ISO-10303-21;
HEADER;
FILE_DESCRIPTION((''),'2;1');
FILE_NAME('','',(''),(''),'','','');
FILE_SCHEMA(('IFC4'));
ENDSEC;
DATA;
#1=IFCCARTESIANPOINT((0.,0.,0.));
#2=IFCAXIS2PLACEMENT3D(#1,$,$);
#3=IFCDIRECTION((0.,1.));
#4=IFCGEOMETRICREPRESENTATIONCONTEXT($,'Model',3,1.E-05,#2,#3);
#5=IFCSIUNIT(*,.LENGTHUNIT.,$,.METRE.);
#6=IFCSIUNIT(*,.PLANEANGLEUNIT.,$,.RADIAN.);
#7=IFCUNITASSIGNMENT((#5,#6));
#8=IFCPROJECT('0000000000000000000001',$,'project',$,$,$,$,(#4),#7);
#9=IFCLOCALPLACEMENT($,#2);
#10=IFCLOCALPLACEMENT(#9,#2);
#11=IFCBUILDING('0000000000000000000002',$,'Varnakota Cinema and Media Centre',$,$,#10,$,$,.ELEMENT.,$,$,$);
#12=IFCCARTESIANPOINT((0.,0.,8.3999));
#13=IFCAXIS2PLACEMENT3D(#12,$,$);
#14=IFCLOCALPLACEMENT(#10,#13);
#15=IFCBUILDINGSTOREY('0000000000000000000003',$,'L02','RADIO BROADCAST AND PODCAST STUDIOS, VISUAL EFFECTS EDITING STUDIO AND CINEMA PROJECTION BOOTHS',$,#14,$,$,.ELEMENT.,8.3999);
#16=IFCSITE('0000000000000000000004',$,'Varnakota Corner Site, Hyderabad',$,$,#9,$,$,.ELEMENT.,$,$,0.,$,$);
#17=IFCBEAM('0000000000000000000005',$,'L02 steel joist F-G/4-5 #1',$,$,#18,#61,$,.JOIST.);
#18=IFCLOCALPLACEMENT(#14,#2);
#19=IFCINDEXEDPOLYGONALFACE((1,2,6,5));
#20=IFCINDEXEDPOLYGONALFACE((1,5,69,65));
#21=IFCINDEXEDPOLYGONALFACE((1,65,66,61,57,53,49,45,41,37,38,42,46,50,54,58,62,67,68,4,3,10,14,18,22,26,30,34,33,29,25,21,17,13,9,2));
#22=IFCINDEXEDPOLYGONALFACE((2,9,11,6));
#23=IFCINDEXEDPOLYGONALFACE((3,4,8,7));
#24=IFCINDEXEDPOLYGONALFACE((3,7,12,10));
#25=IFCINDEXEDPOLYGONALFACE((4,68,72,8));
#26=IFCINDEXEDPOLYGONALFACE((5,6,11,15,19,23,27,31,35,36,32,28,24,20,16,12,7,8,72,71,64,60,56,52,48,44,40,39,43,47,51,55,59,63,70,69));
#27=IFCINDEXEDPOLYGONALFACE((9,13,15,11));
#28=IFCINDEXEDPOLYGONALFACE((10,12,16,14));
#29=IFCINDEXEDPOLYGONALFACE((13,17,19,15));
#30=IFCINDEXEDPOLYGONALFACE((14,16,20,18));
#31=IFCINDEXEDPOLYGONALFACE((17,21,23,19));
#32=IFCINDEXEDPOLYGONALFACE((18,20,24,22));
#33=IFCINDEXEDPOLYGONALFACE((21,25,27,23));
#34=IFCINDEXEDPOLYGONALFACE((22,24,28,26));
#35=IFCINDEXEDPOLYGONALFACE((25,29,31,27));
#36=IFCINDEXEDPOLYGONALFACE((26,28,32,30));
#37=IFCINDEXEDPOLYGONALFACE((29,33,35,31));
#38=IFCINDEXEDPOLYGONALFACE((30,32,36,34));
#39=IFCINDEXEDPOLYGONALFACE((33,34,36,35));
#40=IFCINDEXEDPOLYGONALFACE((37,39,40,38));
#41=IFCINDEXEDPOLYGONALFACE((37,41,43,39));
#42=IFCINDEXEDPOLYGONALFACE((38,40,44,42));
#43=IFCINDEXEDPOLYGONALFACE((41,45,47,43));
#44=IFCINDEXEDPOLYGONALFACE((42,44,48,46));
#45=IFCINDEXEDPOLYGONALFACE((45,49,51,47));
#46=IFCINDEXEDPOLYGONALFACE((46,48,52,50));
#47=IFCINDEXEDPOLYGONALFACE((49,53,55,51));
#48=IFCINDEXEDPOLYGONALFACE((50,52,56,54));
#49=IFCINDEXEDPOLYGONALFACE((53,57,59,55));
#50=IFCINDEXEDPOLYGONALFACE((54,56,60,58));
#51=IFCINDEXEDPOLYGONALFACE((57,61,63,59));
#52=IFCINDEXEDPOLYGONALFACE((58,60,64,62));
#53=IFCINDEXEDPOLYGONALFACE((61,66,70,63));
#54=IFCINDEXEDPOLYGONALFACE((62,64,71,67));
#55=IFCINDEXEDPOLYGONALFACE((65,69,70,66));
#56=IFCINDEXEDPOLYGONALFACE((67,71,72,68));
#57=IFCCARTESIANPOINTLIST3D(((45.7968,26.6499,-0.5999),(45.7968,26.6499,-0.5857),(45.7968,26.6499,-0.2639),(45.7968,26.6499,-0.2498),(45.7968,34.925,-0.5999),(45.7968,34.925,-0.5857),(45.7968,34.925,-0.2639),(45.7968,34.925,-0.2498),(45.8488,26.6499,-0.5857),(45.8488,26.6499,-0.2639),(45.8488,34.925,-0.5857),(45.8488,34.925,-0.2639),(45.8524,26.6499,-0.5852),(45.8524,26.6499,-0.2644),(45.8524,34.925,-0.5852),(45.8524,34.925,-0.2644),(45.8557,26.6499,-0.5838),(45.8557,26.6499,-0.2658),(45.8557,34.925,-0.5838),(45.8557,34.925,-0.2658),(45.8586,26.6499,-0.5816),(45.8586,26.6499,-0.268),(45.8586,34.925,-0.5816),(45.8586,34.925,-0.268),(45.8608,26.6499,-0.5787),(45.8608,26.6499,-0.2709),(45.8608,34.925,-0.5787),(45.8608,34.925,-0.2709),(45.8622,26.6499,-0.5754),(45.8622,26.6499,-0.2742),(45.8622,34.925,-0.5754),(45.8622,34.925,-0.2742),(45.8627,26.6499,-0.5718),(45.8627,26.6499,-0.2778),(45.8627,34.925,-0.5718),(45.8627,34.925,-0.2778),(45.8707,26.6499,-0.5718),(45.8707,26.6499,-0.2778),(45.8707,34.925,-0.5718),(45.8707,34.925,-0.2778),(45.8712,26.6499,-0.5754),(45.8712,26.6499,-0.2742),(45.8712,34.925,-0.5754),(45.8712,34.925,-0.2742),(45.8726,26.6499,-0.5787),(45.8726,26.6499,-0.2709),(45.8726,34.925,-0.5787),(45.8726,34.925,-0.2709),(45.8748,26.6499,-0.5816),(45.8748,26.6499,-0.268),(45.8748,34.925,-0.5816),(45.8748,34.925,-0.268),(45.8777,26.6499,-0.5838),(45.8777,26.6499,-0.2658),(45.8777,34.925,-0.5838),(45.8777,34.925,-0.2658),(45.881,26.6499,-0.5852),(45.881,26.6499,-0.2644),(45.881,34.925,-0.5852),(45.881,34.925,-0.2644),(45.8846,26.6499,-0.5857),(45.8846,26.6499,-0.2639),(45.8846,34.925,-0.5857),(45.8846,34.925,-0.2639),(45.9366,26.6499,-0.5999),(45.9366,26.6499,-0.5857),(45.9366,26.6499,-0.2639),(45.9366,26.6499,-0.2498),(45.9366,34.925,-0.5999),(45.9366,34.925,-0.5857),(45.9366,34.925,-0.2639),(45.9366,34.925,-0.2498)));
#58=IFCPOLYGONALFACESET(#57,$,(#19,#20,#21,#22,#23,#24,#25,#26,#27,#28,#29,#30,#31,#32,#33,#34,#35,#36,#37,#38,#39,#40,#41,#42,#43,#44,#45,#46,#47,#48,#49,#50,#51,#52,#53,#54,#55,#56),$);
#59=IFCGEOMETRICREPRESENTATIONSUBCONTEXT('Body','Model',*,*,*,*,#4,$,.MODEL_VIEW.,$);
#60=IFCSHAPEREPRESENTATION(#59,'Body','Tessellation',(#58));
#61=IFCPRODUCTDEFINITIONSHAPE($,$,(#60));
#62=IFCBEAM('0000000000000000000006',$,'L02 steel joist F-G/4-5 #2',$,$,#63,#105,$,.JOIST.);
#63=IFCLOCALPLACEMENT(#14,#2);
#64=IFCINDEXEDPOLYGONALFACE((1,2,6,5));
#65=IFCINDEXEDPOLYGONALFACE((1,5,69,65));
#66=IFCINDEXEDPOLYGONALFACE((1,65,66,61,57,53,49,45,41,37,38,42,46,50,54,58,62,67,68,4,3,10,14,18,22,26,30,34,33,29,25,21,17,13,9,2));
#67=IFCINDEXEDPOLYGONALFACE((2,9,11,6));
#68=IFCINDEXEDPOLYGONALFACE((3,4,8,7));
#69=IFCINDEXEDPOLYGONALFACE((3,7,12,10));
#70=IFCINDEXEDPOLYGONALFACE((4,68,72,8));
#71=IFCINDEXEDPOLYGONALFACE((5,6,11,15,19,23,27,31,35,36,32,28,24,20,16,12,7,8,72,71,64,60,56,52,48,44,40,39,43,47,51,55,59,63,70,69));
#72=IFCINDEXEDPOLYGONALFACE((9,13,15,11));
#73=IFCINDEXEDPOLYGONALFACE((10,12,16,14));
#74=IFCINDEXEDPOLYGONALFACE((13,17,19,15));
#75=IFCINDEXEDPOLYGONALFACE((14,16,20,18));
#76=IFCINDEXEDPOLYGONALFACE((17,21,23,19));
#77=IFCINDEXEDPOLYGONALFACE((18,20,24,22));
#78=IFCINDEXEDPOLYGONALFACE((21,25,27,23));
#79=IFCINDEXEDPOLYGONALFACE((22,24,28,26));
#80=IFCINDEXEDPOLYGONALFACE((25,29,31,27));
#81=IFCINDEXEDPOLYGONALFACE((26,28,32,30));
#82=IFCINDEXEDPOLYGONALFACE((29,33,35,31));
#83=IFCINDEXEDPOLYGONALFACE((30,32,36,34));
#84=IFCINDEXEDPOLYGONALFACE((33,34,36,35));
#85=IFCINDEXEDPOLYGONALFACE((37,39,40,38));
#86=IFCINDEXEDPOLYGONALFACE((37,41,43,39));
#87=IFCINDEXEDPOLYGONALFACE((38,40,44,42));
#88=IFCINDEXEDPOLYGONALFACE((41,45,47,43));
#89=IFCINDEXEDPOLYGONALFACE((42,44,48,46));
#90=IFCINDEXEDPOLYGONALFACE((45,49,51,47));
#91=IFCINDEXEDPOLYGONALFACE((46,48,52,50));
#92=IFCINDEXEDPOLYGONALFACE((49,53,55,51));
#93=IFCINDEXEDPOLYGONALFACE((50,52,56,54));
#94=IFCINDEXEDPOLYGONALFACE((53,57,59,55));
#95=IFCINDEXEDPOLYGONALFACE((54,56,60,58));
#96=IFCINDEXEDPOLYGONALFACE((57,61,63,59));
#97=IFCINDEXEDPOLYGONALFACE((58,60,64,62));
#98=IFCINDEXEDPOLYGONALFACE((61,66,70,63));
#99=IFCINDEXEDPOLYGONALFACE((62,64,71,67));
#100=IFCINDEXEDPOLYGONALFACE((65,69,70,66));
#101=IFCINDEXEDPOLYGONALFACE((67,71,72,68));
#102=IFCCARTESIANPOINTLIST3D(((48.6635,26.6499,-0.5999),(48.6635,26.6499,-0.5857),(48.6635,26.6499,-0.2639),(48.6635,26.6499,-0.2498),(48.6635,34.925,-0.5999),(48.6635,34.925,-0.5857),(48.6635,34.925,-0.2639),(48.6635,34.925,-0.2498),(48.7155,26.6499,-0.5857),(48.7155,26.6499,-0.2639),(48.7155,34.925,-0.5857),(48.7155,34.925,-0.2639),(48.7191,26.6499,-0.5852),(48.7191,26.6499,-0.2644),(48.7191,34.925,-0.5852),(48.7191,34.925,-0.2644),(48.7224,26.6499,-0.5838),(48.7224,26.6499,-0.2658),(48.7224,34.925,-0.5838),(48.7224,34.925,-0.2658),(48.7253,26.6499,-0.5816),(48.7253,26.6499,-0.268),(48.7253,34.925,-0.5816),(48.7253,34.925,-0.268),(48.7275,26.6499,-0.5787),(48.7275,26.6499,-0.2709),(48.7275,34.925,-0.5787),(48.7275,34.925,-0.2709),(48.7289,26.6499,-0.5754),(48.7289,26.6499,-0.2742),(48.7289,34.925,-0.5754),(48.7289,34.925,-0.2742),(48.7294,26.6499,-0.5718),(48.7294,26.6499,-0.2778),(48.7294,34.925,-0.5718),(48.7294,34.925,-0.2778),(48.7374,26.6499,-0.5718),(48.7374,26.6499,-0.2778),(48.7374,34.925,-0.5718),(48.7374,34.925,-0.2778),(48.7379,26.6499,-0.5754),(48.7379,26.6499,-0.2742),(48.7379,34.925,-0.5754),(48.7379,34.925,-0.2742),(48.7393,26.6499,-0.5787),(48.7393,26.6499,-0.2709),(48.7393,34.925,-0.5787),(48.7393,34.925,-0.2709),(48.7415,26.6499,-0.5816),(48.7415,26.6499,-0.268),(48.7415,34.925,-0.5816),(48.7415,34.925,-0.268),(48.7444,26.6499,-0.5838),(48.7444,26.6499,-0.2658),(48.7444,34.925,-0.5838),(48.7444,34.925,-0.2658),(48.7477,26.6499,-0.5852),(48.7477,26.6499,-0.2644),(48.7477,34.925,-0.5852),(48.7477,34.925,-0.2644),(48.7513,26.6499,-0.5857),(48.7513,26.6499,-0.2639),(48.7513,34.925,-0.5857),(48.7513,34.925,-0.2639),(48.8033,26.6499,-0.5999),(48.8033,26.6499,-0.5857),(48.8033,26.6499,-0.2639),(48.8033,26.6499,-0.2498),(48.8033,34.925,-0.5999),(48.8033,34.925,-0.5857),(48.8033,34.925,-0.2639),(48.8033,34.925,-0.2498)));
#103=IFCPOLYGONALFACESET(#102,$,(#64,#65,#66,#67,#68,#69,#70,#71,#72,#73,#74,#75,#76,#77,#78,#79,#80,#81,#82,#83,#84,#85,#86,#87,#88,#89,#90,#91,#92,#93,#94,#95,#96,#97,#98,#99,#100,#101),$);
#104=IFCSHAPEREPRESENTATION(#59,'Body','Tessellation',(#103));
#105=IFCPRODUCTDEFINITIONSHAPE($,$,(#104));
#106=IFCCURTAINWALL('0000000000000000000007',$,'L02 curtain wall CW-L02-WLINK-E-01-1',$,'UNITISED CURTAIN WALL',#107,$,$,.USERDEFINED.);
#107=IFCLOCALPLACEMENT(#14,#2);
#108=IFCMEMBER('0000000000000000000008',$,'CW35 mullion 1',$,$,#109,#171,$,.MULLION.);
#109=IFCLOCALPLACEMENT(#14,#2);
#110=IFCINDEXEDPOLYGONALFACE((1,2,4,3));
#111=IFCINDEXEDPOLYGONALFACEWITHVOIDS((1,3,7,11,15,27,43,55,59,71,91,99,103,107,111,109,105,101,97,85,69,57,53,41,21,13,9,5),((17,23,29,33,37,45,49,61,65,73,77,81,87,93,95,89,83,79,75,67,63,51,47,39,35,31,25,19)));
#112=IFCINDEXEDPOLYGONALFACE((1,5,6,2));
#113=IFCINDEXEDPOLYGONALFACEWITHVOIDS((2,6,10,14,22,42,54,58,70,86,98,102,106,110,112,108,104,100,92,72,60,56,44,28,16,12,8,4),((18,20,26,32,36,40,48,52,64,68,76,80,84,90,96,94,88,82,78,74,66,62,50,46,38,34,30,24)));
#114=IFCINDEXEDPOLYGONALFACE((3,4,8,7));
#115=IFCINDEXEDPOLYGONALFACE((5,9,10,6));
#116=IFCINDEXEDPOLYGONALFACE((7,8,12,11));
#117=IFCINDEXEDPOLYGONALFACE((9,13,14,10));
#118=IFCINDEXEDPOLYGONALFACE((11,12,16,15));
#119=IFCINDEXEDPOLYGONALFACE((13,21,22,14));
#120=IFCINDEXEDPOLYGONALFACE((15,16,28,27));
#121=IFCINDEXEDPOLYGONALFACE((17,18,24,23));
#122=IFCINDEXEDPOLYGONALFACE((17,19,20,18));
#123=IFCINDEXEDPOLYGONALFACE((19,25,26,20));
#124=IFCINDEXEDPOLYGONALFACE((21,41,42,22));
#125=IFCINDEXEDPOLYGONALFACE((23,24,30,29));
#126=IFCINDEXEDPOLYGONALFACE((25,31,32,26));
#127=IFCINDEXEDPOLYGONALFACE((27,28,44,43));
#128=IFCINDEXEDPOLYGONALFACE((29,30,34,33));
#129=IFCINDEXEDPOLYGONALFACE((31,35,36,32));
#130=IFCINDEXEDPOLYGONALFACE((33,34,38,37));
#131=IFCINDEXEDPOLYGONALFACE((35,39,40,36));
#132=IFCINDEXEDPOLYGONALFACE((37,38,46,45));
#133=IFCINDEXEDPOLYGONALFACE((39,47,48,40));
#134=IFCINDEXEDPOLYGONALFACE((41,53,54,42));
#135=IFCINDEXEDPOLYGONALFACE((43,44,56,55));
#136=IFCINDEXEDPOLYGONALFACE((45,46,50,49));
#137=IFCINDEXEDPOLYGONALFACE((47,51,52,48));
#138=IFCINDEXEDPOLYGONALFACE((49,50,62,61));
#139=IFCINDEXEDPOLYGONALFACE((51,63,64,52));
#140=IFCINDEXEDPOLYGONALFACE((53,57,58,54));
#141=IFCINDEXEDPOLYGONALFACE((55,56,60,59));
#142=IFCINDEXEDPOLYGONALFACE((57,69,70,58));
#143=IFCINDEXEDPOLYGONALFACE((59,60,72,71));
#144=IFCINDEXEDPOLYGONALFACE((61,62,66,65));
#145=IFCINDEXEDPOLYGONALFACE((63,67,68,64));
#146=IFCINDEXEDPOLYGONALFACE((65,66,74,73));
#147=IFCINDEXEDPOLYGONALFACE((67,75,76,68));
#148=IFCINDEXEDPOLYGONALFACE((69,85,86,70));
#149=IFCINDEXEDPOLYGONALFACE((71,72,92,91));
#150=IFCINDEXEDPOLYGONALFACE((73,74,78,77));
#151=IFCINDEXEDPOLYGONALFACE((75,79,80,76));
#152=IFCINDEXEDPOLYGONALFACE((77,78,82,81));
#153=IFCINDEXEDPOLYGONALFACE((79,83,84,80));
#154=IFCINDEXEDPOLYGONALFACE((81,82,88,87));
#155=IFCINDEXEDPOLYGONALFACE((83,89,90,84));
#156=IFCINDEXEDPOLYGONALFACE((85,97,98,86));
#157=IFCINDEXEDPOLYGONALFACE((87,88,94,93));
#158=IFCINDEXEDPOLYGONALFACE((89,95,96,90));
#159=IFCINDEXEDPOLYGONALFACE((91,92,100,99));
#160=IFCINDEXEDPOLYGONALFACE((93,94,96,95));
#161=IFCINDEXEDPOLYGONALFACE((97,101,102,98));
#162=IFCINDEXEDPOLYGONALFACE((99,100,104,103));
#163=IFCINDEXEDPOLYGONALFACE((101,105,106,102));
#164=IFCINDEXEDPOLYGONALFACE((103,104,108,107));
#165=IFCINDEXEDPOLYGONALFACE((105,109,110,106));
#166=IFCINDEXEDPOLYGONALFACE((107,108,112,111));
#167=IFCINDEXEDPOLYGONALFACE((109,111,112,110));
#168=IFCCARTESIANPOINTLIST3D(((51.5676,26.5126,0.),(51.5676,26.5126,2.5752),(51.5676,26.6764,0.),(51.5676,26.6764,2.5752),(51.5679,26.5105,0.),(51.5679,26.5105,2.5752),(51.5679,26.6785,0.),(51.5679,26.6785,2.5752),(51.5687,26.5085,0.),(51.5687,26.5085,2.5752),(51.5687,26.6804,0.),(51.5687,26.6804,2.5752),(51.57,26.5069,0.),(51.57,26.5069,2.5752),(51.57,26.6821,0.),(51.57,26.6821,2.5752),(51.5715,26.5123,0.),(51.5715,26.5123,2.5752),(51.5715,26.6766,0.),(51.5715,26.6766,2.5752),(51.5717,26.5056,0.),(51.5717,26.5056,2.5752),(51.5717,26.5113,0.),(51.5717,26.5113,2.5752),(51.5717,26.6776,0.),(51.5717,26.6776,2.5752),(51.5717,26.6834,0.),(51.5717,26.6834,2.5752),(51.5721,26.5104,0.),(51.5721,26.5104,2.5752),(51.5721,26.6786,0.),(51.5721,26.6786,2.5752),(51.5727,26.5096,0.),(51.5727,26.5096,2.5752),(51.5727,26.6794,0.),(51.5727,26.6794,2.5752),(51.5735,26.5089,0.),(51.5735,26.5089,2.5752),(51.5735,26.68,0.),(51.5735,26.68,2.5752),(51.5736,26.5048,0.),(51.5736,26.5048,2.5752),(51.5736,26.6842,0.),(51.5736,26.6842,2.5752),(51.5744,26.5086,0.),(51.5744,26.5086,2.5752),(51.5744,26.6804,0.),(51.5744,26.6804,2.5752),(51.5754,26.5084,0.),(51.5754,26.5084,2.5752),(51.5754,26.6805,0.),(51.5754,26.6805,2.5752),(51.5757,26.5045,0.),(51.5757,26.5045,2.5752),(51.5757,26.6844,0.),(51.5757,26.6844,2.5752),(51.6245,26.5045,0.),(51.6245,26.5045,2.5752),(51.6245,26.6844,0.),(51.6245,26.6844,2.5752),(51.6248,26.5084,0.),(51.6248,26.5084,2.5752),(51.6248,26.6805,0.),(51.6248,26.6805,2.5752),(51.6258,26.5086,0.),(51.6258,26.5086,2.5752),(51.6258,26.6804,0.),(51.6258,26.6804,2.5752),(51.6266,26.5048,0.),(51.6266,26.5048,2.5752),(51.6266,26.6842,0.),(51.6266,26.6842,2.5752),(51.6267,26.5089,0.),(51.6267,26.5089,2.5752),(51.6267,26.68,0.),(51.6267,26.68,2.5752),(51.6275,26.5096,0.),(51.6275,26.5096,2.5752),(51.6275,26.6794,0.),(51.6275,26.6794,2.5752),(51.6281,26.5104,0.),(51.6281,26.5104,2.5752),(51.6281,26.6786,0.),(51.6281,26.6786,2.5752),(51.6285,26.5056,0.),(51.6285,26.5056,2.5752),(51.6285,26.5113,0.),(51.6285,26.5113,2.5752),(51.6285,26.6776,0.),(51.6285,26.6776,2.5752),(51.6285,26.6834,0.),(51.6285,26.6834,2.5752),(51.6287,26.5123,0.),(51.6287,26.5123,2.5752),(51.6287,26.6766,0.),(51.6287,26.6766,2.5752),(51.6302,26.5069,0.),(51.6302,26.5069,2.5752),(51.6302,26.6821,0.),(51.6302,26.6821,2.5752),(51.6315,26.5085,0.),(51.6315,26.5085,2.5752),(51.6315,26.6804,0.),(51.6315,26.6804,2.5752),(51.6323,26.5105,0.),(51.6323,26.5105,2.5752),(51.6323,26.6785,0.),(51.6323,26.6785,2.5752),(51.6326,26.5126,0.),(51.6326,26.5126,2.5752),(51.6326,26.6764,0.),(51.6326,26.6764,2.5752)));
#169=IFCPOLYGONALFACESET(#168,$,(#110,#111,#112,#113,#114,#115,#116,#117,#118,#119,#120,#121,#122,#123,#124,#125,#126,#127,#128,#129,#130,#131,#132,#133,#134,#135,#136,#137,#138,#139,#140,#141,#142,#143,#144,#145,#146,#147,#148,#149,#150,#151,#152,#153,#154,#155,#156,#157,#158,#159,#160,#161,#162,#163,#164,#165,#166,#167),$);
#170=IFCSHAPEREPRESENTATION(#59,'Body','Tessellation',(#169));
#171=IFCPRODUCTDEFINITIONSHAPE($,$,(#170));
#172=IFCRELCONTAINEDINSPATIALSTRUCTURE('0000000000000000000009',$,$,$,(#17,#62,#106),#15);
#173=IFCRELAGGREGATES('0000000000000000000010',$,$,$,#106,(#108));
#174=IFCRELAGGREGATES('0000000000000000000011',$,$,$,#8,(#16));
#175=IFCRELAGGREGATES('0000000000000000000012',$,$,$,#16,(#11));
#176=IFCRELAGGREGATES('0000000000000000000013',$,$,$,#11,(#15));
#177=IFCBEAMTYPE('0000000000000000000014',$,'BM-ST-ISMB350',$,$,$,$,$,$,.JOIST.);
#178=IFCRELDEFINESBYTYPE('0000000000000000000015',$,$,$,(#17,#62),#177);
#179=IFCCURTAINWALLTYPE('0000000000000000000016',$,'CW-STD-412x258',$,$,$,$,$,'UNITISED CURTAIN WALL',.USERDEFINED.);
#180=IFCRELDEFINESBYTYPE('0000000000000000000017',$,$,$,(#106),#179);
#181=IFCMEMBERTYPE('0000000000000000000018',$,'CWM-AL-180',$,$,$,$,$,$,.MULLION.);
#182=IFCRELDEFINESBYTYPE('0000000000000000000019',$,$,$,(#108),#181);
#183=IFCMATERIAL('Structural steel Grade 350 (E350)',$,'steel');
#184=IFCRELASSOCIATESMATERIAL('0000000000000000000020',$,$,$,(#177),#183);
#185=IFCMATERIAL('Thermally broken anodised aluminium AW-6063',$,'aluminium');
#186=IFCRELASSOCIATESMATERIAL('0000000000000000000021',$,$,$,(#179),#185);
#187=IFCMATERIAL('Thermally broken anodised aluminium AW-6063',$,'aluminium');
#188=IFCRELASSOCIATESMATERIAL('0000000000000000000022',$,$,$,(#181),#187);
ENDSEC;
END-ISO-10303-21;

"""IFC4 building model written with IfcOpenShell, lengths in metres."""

from ifc_helpers import new_model, si_unit, direction, frame, origin, origin_2d, place, context, subcontext, project, spatial, hollow_rectangle, i_section, extrude, material, material_profile, profile_set, type_object, element, aggregate, save


model = new_model("IFC4")

# Units and contexts
model_context = context("Model", 3, precision=1e-05, world=origin(), true_north=direction((0.0, 1.0)))
body_context = subcontext(model_context, "Body", "Model", "MODEL_VIEW")
ifc_project = project(units=[si_unit("LENGTHUNIT", "METRE"), si_unit("PLANEANGLEUNIT", "RADIAN")], contexts=[model_context])

# Site, building, storey
site_placement = place(None, origin())
site = spatial("IfcSite", under=ifc_project, at=site_placement, Name="Varnakota Corner Site, Hyderabad", CompositionType="ELEMENT", RefElevation=0.0)
building_placement = place(site_placement, origin())
building = spatial("IfcBuilding", under=site, at=building_placement, Name="Varnakota Cinema and Media Centre", CompositionType="ELEMENT")
storey_placement = place(building_placement, frame((0.0, 0.0, 8.3999)))
storey = spatial("IfcBuildingStorey", under=building, at=storey_placement, Name="L02", Description="RADIO BROADCAST AND PODCAST STUDIOS, VISUAL EFFECTS EDITING STUDIO AND CINEMA PROJECTION BOOTHS", CompositionType="ELEMENT", Elevation=8.3999)

# Beams
ifc_material_1 = material(Name="Structural steel Grade 350 (E350)", Category="steel")
ifc_material_profile_1 = material_profile(ifc_material_1, i_section(OverallWidth=0.1399, OverallDepth=0.3501, WebThickness=0.0081, FlangeThickness=0.0142, FilletRadius=0.0139, at=origin_2d()), Name="ISMB 350")
ifc_profile_set_1 = profile_set([ifc_material_profile_1], Name="Structural steel Grade 350 (E350)")
beam_type_1 = type_object("IfcBeamType", Name="BM-ST-ISMB350", PredefinedType="JOIST", material=ifc_profile_set_1)
for number, where, z_axis, x_axis, name in (
    (1, (45.8667, 26.6499, -0.4248), (0.0, 1.0, 0.0), (-1.0, 0.0, 0.0), "L02 steel joist F-G/4-5 #1"),
    (2, (48.7334, 26.6499, -0.4248), (0.0, 1.0, 0.0), (-1.0, 0.0, 0.0), "L02 steel joist F-G/4-5 #2"),
):
    element("IfcBeam", number, at=place(storey_placement, frame(where, z_axis=z_axis, x_axis=x_axis)), inside=storey, type_object=beam_type_1, Name=name, PredefinedType="JOIST", context=body_context, shape_type="SweptSolid", body=[
        extrude(i_section(OverallWidth=0.1399, OverallDepth=0.3501, WebThickness=0.0081, FlangeThickness=0.0142, FilletRadius=0.0139, at=origin_2d()), origin(), (0.0, 0.0, 1.0), 8.2751),
    ])

# Curtain wall, member
ifc_material_2 = material(Name="Thermally broken anodised aluminium AW-6063", Category="aluminium")
curtain_wall_type = type_object("IfcCurtainWallType", Name="CW-STD-412x258", ElementType="UNITISED CURTAIN WALL", PredefinedType="USERDEFINED", material=ifc_material_2)
curtain_wall_placement = place(storey_placement, origin())
curtain_wall = element("IfcCurtainWall", 3, at=curtain_wall_placement, inside=storey, type_object=curtain_wall_type, Name="L02 curtain wall CW-L02-WLINK-E-01-1", ObjectType="UNITISED CURTAIN WALL", PredefinedType="USERDEFINED")
ifc_material_3 = material(Name="Thermally broken anodised aluminium AW-6063", Category="aluminium")
ifc_material_profile_2 = material_profile(ifc_material_3, hollow_rectangle(XDim=0.0649, YDim=0.1799, WallThickness=0.0039, InnerFilletRadius=0.0039, OuterFilletRadius=0.0081, at=origin_2d()), Name="AL-MULLION 180x65x4")
ifc_profile_set_2 = profile_set([ifc_material_profile_2], Name="Thermally broken anodised aluminium AW-6063")
member_type_1 = type_object("IfcMemberType", Name="CWM-AL-180", PredefinedType="MULLION", material=ifc_profile_set_2)
member_1_placement = place(storey_placement, frame((51.6001, 26.5945, 0.0), z_axis=(0.0, 0.0, 1.0), x_axis=(-1.0, 0.0, 0.0)))
member_1 = element("IfcMember", 4, at=member_1_placement, type_object=member_type_1, Name="CW35 mullion 1", PredefinedType="MULLION", context=body_context, shape_type="SweptSolid", body=[
    extrude(hollow_rectangle(XDim=0.0649, YDim=0.1799, WallThickness=0.0039, InnerFilletRadius=0.0039, OuterFilletRadius=0.0081, at=origin_2d()), origin(), (0.0, 0.0, 1.0), 2.5752),
])
aggregate(curtain_wall, [member_1])

save(model, "model.ifc")
